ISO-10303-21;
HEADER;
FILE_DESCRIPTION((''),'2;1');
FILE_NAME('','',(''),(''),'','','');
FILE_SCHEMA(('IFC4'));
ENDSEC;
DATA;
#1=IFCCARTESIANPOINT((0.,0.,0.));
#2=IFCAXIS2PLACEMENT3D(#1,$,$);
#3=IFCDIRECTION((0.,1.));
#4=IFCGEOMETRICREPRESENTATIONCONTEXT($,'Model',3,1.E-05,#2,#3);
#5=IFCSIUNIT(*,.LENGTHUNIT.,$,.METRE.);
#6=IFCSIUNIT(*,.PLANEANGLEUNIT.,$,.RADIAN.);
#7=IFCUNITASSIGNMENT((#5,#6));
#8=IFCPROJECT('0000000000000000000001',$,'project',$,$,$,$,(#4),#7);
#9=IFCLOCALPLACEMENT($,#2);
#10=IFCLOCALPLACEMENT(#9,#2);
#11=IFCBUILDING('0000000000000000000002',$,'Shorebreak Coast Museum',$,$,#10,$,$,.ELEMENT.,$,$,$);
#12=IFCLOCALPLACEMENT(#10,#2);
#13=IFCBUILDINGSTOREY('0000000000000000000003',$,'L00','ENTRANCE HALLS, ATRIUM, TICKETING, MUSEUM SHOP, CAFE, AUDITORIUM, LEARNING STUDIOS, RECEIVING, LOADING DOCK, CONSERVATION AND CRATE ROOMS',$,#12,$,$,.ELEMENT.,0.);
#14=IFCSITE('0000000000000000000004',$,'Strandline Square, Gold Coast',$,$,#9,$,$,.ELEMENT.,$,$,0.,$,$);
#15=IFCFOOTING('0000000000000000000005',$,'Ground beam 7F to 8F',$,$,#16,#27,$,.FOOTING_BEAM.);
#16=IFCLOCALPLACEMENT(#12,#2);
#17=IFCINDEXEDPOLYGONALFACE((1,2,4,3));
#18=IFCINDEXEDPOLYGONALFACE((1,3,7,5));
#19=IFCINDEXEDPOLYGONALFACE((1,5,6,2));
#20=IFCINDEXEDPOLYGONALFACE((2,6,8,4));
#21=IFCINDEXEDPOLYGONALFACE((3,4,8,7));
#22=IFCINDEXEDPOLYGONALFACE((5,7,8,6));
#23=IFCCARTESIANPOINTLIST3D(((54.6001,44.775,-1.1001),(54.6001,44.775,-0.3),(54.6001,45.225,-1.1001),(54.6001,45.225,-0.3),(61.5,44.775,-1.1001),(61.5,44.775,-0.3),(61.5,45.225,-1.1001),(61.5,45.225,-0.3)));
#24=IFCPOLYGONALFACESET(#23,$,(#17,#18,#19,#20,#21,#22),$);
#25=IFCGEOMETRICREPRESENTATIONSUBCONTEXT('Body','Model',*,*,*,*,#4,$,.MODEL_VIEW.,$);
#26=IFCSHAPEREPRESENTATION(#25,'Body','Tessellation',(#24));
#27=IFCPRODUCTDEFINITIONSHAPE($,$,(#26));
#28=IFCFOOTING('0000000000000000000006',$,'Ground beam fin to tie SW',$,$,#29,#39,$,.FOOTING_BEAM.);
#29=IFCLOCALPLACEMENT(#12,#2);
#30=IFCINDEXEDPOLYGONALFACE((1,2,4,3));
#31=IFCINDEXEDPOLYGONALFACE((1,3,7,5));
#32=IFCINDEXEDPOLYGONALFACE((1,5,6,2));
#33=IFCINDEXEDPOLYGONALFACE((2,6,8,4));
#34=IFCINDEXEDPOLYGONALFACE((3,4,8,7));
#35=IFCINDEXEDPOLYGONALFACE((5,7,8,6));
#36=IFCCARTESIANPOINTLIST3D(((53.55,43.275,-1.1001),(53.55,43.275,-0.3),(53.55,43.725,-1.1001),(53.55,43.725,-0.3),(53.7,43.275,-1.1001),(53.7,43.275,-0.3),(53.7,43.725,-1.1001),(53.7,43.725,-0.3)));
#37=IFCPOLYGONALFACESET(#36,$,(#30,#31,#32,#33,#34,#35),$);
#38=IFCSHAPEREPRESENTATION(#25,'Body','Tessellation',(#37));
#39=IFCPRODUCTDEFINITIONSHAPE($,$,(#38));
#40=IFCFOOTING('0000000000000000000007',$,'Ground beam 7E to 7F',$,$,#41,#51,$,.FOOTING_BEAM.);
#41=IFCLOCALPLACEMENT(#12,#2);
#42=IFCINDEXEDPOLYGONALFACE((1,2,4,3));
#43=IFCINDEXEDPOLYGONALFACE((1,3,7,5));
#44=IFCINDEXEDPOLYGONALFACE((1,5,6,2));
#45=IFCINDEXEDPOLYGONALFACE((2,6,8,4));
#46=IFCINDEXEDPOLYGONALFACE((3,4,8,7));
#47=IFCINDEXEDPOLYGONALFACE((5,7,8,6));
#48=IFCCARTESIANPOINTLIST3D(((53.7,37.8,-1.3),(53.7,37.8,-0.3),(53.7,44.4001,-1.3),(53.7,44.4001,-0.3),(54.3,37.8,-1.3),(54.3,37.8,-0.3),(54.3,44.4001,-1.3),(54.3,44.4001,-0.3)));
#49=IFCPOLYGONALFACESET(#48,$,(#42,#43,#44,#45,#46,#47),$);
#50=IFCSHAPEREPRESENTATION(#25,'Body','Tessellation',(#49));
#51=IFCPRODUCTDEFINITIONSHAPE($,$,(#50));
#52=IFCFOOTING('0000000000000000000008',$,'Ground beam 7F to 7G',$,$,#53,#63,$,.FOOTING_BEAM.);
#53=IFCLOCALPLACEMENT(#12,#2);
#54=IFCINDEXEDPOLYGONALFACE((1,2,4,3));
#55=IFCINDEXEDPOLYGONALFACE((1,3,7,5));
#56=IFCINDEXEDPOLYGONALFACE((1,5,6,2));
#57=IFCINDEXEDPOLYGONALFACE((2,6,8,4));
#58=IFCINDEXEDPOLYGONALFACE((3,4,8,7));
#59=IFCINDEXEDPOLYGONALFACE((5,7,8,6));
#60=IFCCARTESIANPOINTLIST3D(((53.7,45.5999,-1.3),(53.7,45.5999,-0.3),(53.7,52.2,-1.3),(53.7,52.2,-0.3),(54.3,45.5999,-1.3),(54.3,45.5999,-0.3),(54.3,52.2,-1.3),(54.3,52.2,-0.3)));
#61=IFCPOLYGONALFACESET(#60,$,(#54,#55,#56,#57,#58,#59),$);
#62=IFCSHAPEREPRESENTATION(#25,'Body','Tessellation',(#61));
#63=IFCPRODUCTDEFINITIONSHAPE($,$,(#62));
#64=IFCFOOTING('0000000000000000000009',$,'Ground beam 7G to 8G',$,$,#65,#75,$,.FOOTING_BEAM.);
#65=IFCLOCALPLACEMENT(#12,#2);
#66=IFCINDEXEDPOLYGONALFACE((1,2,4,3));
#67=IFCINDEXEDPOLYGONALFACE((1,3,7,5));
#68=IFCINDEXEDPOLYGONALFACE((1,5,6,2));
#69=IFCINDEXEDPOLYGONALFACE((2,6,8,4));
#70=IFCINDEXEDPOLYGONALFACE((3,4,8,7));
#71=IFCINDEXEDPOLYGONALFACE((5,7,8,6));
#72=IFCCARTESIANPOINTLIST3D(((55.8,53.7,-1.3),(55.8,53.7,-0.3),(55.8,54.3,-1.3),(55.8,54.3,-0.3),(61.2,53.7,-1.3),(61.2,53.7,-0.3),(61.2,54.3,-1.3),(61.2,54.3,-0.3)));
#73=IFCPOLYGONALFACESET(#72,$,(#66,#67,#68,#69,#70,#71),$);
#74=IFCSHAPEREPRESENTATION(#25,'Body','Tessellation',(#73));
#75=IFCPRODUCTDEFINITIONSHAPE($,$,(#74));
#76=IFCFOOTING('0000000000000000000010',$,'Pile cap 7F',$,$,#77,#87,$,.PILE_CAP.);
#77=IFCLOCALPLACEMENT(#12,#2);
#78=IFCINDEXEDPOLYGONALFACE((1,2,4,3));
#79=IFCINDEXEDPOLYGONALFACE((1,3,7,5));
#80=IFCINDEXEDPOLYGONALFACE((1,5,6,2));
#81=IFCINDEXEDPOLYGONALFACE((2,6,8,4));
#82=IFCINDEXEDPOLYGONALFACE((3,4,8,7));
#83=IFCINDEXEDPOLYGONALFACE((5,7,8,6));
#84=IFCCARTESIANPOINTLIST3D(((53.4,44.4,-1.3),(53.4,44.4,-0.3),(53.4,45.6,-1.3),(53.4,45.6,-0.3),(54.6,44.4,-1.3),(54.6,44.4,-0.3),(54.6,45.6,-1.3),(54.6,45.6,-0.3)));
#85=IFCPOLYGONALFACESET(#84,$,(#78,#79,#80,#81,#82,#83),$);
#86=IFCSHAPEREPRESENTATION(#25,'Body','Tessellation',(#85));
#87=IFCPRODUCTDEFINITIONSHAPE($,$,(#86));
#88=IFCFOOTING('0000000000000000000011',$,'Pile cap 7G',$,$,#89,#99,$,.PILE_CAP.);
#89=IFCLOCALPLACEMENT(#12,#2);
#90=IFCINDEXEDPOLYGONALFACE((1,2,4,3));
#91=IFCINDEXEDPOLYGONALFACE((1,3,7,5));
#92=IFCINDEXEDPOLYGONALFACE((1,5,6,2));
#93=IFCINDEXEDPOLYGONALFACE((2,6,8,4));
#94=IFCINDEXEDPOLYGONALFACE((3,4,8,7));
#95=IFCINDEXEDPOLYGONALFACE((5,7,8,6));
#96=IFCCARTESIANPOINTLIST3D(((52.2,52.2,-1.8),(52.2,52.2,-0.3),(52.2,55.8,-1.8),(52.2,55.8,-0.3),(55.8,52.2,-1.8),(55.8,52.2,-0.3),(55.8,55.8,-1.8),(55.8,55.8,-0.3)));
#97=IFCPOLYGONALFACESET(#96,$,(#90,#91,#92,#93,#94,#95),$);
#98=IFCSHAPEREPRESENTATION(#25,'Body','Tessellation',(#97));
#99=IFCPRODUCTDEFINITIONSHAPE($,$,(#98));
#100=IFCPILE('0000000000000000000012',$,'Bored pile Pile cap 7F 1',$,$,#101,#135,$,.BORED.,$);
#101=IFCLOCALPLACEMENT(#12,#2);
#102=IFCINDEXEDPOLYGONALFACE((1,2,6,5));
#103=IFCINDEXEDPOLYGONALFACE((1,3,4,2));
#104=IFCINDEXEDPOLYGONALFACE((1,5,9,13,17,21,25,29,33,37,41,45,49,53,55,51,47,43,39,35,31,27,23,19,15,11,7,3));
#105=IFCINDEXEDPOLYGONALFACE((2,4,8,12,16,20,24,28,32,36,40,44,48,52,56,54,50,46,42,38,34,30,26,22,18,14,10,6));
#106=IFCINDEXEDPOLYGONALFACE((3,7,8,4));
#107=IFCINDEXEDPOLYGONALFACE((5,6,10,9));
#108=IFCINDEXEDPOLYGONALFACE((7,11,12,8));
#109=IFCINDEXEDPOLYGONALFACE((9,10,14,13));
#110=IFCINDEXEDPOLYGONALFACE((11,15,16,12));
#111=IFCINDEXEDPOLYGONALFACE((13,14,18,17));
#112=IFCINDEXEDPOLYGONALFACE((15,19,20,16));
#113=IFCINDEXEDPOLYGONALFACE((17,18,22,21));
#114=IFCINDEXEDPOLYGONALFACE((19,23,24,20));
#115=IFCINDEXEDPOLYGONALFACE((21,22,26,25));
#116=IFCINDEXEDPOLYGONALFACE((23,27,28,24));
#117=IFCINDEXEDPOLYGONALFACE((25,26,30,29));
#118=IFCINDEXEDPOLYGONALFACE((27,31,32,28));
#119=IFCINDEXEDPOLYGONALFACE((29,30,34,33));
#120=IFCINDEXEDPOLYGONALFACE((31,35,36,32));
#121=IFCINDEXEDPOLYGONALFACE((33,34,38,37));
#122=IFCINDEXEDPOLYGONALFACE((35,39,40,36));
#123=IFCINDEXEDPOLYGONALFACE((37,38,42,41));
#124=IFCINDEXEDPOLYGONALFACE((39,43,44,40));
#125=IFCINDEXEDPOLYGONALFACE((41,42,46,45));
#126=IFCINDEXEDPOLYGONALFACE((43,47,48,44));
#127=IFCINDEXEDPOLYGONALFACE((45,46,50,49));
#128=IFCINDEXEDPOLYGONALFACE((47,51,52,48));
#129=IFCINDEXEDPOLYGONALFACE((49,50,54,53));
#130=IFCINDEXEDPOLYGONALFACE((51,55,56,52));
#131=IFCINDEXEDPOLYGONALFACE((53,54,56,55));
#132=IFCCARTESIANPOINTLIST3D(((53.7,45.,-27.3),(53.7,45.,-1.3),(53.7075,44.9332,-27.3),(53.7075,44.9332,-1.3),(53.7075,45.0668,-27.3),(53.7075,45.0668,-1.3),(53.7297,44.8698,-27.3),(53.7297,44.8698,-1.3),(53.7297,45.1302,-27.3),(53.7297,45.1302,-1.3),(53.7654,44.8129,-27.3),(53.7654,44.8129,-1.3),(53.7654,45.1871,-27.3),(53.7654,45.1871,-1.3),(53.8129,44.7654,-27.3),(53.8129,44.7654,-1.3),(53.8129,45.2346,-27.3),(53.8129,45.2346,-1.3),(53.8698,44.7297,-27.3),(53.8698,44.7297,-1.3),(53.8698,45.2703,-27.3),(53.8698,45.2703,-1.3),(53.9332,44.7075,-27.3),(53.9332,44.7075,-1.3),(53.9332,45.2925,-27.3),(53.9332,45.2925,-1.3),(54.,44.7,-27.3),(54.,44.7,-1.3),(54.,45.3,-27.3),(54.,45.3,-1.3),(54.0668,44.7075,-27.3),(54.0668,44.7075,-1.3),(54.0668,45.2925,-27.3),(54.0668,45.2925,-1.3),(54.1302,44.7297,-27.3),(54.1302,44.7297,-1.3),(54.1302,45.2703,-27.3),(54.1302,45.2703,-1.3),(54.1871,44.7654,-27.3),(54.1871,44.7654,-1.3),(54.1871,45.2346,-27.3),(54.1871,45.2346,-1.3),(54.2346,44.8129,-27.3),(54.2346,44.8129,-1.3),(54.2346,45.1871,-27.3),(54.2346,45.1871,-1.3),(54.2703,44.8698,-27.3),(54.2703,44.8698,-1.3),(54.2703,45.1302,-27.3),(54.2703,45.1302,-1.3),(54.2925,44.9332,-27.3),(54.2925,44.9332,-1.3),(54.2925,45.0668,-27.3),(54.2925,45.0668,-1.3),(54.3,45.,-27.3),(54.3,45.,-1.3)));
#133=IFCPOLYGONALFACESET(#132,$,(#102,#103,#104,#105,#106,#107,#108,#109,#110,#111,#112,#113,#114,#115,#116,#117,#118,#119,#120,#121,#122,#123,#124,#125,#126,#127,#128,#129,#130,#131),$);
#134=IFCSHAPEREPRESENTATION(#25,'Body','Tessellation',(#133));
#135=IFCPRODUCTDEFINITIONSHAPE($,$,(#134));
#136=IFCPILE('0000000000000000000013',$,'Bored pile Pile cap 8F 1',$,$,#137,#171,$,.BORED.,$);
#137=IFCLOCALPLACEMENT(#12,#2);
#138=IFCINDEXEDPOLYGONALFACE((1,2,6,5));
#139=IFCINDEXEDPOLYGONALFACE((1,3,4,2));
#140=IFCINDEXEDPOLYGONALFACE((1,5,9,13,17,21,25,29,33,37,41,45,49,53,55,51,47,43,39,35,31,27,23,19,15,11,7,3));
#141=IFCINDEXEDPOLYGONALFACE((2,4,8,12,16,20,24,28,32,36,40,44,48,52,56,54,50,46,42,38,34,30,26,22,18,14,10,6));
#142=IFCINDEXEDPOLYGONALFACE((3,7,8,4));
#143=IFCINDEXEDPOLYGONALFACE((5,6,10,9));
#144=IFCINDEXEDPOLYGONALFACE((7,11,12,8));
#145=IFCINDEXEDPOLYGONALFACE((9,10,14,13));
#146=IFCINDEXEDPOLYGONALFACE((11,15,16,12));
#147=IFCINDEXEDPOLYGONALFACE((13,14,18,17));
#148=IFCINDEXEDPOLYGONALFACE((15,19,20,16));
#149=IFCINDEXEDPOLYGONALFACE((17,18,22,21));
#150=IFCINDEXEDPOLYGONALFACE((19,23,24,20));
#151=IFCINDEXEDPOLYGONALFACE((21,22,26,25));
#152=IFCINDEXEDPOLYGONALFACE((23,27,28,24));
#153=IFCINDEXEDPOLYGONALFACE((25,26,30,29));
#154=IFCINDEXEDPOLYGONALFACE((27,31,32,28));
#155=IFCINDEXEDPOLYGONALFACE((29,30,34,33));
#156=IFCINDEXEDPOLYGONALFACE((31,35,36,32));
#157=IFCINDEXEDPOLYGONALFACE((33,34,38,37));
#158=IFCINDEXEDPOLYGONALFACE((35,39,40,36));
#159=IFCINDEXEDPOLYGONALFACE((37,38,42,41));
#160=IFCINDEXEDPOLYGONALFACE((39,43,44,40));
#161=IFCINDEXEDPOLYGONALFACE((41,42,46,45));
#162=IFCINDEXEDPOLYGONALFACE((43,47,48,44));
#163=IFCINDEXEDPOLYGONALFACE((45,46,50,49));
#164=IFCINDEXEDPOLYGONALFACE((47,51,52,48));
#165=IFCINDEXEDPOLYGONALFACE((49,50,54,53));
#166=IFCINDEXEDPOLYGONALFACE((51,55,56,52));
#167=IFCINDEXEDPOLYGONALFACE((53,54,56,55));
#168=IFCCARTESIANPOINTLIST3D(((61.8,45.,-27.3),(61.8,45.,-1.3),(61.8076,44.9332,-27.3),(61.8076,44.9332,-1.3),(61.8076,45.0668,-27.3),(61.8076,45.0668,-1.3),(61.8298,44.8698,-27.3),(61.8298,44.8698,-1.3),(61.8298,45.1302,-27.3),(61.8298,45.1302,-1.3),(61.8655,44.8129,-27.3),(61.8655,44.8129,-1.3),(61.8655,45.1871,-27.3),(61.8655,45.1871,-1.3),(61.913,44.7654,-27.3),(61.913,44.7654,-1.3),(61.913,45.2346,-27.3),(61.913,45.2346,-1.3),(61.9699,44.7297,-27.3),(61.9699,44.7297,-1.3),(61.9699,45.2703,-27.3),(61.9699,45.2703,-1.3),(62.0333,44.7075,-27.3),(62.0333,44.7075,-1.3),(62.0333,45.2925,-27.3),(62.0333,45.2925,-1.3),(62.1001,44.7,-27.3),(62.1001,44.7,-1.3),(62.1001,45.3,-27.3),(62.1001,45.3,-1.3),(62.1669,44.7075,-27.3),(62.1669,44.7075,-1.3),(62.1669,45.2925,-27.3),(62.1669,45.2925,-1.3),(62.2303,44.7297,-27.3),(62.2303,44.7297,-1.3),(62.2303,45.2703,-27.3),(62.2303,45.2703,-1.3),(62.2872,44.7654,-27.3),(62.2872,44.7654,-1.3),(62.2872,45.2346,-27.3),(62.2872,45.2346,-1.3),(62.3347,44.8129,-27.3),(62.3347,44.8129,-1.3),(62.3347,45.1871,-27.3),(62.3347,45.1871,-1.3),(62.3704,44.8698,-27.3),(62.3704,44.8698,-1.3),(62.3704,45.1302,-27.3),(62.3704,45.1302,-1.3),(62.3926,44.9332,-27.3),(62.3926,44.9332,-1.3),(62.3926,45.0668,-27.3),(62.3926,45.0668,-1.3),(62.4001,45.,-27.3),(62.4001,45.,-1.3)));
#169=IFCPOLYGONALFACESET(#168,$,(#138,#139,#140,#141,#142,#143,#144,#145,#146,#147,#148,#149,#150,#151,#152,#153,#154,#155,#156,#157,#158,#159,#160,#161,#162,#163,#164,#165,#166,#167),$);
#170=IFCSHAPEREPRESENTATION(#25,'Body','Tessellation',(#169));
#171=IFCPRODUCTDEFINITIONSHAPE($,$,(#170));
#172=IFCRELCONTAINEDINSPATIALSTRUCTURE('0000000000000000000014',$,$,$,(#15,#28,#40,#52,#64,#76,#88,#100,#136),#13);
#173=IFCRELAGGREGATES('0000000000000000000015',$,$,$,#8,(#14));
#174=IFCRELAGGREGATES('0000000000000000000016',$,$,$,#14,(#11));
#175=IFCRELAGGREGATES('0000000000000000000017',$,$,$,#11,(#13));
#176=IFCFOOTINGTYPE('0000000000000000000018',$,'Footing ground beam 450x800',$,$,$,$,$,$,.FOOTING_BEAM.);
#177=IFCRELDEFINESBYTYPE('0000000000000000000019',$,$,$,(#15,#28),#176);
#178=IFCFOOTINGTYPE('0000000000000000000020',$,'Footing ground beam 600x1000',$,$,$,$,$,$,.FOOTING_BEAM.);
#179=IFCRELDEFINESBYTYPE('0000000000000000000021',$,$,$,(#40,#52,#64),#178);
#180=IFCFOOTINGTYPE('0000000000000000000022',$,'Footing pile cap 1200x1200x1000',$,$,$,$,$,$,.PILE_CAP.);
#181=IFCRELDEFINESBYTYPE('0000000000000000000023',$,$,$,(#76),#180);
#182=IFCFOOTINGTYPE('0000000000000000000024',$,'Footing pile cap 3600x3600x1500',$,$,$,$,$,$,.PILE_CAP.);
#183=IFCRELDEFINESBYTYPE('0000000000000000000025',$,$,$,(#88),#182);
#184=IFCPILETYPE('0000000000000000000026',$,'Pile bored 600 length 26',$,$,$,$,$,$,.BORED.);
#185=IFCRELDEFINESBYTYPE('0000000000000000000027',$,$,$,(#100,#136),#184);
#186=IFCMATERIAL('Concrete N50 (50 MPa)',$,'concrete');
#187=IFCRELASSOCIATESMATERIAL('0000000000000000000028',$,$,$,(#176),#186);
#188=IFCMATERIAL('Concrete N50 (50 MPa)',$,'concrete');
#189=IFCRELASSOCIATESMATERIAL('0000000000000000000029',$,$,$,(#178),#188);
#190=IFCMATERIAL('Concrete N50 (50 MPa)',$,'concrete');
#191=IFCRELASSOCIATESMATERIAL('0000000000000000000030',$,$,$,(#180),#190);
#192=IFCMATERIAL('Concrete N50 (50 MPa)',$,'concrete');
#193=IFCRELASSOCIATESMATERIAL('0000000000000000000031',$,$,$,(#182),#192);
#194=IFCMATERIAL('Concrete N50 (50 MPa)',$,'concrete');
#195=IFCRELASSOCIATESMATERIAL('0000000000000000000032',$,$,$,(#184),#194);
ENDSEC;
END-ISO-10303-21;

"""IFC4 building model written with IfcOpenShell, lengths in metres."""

from ifc_helpers import new_model, si_unit, direction, frame, origin, origin_2d, place, context, subcontext, project, spatial, rectangle, circle, extrude, material, material_profile, profile_set, type_object, element, save


model = new_model("IFC4")

# Units and contexts
model_context = context("Model", 3, precision=1e-05, world=origin(), true_north=direction((0.0, 1.0)))
body_context = subcontext(model_context, "Body", "Model", "MODEL_VIEW")
ifc_project = project(units=[si_unit("LENGTHUNIT", "METRE"), si_unit("PLANEANGLEUNIT", "RADIAN")], contexts=[model_context])

# Site, building, storey
site_placement = place(None, origin())
site = spatial("IfcSite", under=ifc_project, at=site_placement, Name="Strandline Square, Gold Coast", CompositionType="ELEMENT", RefElevation=0.0)
building_placement = place(site_placement, origin())
building = spatial("IfcBuilding", under=site, at=building_placement, Name="Shorebreak Coast Museum", CompositionType="ELEMENT")
storey_placement = place(building_placement, origin())
storey = spatial("IfcBuildingStorey", under=building, at=storey_placement, Name="L00", Description="ENTRANCE HALLS, ATRIUM, TICKETING, MUSEUM SHOP, CAFE, AUDITORIUM, LEARNING STUDIOS, RECEIVING, LOADING DOCK, CONSERVATION AND CRATE ROOMS", CompositionType="ELEMENT", Elevation=0.0)

# Footings
ifc_material_1 = material(Name="Concrete N50 (50 MPa)", Category="concrete")
footing_type_1 = type_object("IfcFootingType", Name="Footing ground beam 450x800", PredefinedType="FOOTING_BEAM", material=ifc_material_1)
footing_1_placement = place(storey_placement, frame((58.05, 45.0, -1.1001), z_axis=(0.0, 0.0, 1.0), x_axis=(1.0, 0.0, 0.0)))
element("IfcFooting", 1, at=footing_1_placement, inside=storey, type_object=footing_type_1, Name="Ground beam 7F to 8F", PredefinedType="FOOTING_BEAM", context=body_context, shape_type="SweptSolid", body=[
    extrude(rectangle(XDim=6.8999, YDim=0.45, at=origin_2d()), origin(), (0.0, 0.0, 1.0), 0.8),
])
footing_2_placement = place(storey_placement, frame((53.625, 43.5, -1.1001), z_axis=(0.0, 0.0, 1.0), x_axis=(1.0, 0.0, 0.0)))
element("IfcFooting", 2, at=footing_2_placement, inside=storey, type_object=footing_type_1, Name="Ground beam fin to tie SW", PredefinedType="FOOTING_BEAM", context=body_context, shape_type="SweptSolid", body=[
    extrude(rectangle(XDim=0.1499, YDim=0.45, at=origin_2d()), origin(), (0.0, 0.0, 1.0), 0.8),
])
ifc_material_2 = material(Name="Concrete N50 (50 MPa)", Category="concrete")
footing_type_2 = type_object("IfcFootingType", Name="Footing ground beam 600x1000", PredefinedType="FOOTING_BEAM", material=ifc_material_2)
for number, where, z_axis, x_axis, name in (
    (3, (54.0, 41.1001, -1.3), (0.0, 0.0, 1.0), (1.0, 0.0, 0.0), "Ground beam 7E to 7F"),
    (4, (54.0, 48.8999, -1.3), (0.0, 0.0, 1.0), (1.0, 0.0, 0.0), "Ground beam 7F to 7G"),
):
    element("IfcFooting", number, at=place(storey_placement, frame(where, z_axis=z_axis, x_axis=x_axis)), inside=storey, type_object=footing_type_2, Name=name, PredefinedType="FOOTING_BEAM", context=body_context, shape_type="SweptSolid", body=[
        extrude(rectangle(XDim=0.6001, YDim=6.6001, at=origin_2d()), origin(), (0.0, 0.0, 1.0), 1.0),
    ])
footing_3_placement = place(storey_placement, frame((58.5, 54.0, -1.3), z_axis=(0.0, 0.0, 1.0), x_axis=(1.0, 0.0, 0.0)))
element("IfcFooting", 5, at=footing_3_placement, inside=storey, type_object=footing_type_2, Name="Ground beam 7G to 8G", PredefinedType="FOOTING_BEAM", context=body_context, shape_type="SweptSolid", body=[
    extrude(rectangle(XDim=5.3999, YDim=0.6001, at=origin_2d()), origin(), (0.0, 0.0, 1.0), 1.0),
])
ifc_material_3 = material(Name="Concrete N50 (50 MPa)", Category="concrete")
footing_type_3 = type_object("IfcFootingType", Name="Footing pile cap 1200x1200x1000", PredefinedType="PILE_CAP", material=ifc_material_3)
footing_4_placement = place(storey_placement, frame((54.0, 45.0, -1.3), z_axis=(0.0, 0.0, 1.0), x_axis=(1.0, 0.0, 0.0)))
element("IfcFooting", 6, at=footing_4_placement, inside=storey, type_object=footing_type_3, Name="Pile cap 7F", PredefinedType="PILE_CAP", context=body_context, shape_type="SweptSolid", body=[
    extrude(rectangle(XDim=1.2, YDim=1.2, at=origin_2d()), origin(), (0.0, 0.0, 1.0), 1.0),
])
ifc_material_4 = material(Name="Concrete N50 (50 MPa)", Category="concrete")
footing_type_4 = type_object("IfcFootingType", Name="Footing pile cap 3600x3600x1500", PredefinedType="PILE_CAP", material=ifc_material_4)
footing_5_placement = place(storey_placement, frame((54.0, 54.0, -1.8), z_axis=(0.0, 0.0, 1.0), x_axis=(1.0, 0.0, 0.0)))
element("IfcFooting", 7, at=footing_5_placement, inside=storey, type_object=footing_type_4, Name="Pile cap 7G", PredefinedType="PILE_CAP", context=body_context, shape_type="SweptSolid", body=[
    extrude(rectangle(XDim=3.6001, YDim=3.6001, at=origin_2d()), origin(), (0.0, 0.0, 1.0), 1.5),
])

# Piles
ifc_material_5 = material(Name="Concrete N50 (50 MPa)", Category="concrete")
ifc_material_profile_1 = material_profile(ifc_material_5, circle(Radius=0.3, at=origin_2d()), Name="Pile bored 600 length 26")
ifc_profile_set_1 = profile_set([ifc_material_profile_1], Name="Concrete N50 (50 MPa)")
pile_type_1 = type_object("IfcPileType", Name="Pile bored 600 length 26", PredefinedType="BORED", material=ifc_profile_set_1)
for number, where, z_axis, x_axis, name in (
    (8, (54.0, 45.0, -1.3), (0.0, 0.0, -1.0), (1.0, 0.0, 0.0), "Bored pile Pile cap 7F 1"),
    (9, (62.1001, 45.0, -1.3), (0.0, 0.0, -1.0), (1.0, 0.0, 0.0), "Bored pile Pile cap 8F 1"),
):
    element("IfcPile", number, at=place(storey_placement, frame(where, z_axis=z_axis, x_axis=x_axis)), inside=storey, type_object=pile_type_1, Name=name, PredefinedType="BORED", context=body_context, shape_type="SweptSolid", body=[
        extrude(circle(Radius=0.3, at=origin_2d()), origin(), (0.0, 0.0, 1.0), 26.0),
    ])

save(model, "model.ifc")
